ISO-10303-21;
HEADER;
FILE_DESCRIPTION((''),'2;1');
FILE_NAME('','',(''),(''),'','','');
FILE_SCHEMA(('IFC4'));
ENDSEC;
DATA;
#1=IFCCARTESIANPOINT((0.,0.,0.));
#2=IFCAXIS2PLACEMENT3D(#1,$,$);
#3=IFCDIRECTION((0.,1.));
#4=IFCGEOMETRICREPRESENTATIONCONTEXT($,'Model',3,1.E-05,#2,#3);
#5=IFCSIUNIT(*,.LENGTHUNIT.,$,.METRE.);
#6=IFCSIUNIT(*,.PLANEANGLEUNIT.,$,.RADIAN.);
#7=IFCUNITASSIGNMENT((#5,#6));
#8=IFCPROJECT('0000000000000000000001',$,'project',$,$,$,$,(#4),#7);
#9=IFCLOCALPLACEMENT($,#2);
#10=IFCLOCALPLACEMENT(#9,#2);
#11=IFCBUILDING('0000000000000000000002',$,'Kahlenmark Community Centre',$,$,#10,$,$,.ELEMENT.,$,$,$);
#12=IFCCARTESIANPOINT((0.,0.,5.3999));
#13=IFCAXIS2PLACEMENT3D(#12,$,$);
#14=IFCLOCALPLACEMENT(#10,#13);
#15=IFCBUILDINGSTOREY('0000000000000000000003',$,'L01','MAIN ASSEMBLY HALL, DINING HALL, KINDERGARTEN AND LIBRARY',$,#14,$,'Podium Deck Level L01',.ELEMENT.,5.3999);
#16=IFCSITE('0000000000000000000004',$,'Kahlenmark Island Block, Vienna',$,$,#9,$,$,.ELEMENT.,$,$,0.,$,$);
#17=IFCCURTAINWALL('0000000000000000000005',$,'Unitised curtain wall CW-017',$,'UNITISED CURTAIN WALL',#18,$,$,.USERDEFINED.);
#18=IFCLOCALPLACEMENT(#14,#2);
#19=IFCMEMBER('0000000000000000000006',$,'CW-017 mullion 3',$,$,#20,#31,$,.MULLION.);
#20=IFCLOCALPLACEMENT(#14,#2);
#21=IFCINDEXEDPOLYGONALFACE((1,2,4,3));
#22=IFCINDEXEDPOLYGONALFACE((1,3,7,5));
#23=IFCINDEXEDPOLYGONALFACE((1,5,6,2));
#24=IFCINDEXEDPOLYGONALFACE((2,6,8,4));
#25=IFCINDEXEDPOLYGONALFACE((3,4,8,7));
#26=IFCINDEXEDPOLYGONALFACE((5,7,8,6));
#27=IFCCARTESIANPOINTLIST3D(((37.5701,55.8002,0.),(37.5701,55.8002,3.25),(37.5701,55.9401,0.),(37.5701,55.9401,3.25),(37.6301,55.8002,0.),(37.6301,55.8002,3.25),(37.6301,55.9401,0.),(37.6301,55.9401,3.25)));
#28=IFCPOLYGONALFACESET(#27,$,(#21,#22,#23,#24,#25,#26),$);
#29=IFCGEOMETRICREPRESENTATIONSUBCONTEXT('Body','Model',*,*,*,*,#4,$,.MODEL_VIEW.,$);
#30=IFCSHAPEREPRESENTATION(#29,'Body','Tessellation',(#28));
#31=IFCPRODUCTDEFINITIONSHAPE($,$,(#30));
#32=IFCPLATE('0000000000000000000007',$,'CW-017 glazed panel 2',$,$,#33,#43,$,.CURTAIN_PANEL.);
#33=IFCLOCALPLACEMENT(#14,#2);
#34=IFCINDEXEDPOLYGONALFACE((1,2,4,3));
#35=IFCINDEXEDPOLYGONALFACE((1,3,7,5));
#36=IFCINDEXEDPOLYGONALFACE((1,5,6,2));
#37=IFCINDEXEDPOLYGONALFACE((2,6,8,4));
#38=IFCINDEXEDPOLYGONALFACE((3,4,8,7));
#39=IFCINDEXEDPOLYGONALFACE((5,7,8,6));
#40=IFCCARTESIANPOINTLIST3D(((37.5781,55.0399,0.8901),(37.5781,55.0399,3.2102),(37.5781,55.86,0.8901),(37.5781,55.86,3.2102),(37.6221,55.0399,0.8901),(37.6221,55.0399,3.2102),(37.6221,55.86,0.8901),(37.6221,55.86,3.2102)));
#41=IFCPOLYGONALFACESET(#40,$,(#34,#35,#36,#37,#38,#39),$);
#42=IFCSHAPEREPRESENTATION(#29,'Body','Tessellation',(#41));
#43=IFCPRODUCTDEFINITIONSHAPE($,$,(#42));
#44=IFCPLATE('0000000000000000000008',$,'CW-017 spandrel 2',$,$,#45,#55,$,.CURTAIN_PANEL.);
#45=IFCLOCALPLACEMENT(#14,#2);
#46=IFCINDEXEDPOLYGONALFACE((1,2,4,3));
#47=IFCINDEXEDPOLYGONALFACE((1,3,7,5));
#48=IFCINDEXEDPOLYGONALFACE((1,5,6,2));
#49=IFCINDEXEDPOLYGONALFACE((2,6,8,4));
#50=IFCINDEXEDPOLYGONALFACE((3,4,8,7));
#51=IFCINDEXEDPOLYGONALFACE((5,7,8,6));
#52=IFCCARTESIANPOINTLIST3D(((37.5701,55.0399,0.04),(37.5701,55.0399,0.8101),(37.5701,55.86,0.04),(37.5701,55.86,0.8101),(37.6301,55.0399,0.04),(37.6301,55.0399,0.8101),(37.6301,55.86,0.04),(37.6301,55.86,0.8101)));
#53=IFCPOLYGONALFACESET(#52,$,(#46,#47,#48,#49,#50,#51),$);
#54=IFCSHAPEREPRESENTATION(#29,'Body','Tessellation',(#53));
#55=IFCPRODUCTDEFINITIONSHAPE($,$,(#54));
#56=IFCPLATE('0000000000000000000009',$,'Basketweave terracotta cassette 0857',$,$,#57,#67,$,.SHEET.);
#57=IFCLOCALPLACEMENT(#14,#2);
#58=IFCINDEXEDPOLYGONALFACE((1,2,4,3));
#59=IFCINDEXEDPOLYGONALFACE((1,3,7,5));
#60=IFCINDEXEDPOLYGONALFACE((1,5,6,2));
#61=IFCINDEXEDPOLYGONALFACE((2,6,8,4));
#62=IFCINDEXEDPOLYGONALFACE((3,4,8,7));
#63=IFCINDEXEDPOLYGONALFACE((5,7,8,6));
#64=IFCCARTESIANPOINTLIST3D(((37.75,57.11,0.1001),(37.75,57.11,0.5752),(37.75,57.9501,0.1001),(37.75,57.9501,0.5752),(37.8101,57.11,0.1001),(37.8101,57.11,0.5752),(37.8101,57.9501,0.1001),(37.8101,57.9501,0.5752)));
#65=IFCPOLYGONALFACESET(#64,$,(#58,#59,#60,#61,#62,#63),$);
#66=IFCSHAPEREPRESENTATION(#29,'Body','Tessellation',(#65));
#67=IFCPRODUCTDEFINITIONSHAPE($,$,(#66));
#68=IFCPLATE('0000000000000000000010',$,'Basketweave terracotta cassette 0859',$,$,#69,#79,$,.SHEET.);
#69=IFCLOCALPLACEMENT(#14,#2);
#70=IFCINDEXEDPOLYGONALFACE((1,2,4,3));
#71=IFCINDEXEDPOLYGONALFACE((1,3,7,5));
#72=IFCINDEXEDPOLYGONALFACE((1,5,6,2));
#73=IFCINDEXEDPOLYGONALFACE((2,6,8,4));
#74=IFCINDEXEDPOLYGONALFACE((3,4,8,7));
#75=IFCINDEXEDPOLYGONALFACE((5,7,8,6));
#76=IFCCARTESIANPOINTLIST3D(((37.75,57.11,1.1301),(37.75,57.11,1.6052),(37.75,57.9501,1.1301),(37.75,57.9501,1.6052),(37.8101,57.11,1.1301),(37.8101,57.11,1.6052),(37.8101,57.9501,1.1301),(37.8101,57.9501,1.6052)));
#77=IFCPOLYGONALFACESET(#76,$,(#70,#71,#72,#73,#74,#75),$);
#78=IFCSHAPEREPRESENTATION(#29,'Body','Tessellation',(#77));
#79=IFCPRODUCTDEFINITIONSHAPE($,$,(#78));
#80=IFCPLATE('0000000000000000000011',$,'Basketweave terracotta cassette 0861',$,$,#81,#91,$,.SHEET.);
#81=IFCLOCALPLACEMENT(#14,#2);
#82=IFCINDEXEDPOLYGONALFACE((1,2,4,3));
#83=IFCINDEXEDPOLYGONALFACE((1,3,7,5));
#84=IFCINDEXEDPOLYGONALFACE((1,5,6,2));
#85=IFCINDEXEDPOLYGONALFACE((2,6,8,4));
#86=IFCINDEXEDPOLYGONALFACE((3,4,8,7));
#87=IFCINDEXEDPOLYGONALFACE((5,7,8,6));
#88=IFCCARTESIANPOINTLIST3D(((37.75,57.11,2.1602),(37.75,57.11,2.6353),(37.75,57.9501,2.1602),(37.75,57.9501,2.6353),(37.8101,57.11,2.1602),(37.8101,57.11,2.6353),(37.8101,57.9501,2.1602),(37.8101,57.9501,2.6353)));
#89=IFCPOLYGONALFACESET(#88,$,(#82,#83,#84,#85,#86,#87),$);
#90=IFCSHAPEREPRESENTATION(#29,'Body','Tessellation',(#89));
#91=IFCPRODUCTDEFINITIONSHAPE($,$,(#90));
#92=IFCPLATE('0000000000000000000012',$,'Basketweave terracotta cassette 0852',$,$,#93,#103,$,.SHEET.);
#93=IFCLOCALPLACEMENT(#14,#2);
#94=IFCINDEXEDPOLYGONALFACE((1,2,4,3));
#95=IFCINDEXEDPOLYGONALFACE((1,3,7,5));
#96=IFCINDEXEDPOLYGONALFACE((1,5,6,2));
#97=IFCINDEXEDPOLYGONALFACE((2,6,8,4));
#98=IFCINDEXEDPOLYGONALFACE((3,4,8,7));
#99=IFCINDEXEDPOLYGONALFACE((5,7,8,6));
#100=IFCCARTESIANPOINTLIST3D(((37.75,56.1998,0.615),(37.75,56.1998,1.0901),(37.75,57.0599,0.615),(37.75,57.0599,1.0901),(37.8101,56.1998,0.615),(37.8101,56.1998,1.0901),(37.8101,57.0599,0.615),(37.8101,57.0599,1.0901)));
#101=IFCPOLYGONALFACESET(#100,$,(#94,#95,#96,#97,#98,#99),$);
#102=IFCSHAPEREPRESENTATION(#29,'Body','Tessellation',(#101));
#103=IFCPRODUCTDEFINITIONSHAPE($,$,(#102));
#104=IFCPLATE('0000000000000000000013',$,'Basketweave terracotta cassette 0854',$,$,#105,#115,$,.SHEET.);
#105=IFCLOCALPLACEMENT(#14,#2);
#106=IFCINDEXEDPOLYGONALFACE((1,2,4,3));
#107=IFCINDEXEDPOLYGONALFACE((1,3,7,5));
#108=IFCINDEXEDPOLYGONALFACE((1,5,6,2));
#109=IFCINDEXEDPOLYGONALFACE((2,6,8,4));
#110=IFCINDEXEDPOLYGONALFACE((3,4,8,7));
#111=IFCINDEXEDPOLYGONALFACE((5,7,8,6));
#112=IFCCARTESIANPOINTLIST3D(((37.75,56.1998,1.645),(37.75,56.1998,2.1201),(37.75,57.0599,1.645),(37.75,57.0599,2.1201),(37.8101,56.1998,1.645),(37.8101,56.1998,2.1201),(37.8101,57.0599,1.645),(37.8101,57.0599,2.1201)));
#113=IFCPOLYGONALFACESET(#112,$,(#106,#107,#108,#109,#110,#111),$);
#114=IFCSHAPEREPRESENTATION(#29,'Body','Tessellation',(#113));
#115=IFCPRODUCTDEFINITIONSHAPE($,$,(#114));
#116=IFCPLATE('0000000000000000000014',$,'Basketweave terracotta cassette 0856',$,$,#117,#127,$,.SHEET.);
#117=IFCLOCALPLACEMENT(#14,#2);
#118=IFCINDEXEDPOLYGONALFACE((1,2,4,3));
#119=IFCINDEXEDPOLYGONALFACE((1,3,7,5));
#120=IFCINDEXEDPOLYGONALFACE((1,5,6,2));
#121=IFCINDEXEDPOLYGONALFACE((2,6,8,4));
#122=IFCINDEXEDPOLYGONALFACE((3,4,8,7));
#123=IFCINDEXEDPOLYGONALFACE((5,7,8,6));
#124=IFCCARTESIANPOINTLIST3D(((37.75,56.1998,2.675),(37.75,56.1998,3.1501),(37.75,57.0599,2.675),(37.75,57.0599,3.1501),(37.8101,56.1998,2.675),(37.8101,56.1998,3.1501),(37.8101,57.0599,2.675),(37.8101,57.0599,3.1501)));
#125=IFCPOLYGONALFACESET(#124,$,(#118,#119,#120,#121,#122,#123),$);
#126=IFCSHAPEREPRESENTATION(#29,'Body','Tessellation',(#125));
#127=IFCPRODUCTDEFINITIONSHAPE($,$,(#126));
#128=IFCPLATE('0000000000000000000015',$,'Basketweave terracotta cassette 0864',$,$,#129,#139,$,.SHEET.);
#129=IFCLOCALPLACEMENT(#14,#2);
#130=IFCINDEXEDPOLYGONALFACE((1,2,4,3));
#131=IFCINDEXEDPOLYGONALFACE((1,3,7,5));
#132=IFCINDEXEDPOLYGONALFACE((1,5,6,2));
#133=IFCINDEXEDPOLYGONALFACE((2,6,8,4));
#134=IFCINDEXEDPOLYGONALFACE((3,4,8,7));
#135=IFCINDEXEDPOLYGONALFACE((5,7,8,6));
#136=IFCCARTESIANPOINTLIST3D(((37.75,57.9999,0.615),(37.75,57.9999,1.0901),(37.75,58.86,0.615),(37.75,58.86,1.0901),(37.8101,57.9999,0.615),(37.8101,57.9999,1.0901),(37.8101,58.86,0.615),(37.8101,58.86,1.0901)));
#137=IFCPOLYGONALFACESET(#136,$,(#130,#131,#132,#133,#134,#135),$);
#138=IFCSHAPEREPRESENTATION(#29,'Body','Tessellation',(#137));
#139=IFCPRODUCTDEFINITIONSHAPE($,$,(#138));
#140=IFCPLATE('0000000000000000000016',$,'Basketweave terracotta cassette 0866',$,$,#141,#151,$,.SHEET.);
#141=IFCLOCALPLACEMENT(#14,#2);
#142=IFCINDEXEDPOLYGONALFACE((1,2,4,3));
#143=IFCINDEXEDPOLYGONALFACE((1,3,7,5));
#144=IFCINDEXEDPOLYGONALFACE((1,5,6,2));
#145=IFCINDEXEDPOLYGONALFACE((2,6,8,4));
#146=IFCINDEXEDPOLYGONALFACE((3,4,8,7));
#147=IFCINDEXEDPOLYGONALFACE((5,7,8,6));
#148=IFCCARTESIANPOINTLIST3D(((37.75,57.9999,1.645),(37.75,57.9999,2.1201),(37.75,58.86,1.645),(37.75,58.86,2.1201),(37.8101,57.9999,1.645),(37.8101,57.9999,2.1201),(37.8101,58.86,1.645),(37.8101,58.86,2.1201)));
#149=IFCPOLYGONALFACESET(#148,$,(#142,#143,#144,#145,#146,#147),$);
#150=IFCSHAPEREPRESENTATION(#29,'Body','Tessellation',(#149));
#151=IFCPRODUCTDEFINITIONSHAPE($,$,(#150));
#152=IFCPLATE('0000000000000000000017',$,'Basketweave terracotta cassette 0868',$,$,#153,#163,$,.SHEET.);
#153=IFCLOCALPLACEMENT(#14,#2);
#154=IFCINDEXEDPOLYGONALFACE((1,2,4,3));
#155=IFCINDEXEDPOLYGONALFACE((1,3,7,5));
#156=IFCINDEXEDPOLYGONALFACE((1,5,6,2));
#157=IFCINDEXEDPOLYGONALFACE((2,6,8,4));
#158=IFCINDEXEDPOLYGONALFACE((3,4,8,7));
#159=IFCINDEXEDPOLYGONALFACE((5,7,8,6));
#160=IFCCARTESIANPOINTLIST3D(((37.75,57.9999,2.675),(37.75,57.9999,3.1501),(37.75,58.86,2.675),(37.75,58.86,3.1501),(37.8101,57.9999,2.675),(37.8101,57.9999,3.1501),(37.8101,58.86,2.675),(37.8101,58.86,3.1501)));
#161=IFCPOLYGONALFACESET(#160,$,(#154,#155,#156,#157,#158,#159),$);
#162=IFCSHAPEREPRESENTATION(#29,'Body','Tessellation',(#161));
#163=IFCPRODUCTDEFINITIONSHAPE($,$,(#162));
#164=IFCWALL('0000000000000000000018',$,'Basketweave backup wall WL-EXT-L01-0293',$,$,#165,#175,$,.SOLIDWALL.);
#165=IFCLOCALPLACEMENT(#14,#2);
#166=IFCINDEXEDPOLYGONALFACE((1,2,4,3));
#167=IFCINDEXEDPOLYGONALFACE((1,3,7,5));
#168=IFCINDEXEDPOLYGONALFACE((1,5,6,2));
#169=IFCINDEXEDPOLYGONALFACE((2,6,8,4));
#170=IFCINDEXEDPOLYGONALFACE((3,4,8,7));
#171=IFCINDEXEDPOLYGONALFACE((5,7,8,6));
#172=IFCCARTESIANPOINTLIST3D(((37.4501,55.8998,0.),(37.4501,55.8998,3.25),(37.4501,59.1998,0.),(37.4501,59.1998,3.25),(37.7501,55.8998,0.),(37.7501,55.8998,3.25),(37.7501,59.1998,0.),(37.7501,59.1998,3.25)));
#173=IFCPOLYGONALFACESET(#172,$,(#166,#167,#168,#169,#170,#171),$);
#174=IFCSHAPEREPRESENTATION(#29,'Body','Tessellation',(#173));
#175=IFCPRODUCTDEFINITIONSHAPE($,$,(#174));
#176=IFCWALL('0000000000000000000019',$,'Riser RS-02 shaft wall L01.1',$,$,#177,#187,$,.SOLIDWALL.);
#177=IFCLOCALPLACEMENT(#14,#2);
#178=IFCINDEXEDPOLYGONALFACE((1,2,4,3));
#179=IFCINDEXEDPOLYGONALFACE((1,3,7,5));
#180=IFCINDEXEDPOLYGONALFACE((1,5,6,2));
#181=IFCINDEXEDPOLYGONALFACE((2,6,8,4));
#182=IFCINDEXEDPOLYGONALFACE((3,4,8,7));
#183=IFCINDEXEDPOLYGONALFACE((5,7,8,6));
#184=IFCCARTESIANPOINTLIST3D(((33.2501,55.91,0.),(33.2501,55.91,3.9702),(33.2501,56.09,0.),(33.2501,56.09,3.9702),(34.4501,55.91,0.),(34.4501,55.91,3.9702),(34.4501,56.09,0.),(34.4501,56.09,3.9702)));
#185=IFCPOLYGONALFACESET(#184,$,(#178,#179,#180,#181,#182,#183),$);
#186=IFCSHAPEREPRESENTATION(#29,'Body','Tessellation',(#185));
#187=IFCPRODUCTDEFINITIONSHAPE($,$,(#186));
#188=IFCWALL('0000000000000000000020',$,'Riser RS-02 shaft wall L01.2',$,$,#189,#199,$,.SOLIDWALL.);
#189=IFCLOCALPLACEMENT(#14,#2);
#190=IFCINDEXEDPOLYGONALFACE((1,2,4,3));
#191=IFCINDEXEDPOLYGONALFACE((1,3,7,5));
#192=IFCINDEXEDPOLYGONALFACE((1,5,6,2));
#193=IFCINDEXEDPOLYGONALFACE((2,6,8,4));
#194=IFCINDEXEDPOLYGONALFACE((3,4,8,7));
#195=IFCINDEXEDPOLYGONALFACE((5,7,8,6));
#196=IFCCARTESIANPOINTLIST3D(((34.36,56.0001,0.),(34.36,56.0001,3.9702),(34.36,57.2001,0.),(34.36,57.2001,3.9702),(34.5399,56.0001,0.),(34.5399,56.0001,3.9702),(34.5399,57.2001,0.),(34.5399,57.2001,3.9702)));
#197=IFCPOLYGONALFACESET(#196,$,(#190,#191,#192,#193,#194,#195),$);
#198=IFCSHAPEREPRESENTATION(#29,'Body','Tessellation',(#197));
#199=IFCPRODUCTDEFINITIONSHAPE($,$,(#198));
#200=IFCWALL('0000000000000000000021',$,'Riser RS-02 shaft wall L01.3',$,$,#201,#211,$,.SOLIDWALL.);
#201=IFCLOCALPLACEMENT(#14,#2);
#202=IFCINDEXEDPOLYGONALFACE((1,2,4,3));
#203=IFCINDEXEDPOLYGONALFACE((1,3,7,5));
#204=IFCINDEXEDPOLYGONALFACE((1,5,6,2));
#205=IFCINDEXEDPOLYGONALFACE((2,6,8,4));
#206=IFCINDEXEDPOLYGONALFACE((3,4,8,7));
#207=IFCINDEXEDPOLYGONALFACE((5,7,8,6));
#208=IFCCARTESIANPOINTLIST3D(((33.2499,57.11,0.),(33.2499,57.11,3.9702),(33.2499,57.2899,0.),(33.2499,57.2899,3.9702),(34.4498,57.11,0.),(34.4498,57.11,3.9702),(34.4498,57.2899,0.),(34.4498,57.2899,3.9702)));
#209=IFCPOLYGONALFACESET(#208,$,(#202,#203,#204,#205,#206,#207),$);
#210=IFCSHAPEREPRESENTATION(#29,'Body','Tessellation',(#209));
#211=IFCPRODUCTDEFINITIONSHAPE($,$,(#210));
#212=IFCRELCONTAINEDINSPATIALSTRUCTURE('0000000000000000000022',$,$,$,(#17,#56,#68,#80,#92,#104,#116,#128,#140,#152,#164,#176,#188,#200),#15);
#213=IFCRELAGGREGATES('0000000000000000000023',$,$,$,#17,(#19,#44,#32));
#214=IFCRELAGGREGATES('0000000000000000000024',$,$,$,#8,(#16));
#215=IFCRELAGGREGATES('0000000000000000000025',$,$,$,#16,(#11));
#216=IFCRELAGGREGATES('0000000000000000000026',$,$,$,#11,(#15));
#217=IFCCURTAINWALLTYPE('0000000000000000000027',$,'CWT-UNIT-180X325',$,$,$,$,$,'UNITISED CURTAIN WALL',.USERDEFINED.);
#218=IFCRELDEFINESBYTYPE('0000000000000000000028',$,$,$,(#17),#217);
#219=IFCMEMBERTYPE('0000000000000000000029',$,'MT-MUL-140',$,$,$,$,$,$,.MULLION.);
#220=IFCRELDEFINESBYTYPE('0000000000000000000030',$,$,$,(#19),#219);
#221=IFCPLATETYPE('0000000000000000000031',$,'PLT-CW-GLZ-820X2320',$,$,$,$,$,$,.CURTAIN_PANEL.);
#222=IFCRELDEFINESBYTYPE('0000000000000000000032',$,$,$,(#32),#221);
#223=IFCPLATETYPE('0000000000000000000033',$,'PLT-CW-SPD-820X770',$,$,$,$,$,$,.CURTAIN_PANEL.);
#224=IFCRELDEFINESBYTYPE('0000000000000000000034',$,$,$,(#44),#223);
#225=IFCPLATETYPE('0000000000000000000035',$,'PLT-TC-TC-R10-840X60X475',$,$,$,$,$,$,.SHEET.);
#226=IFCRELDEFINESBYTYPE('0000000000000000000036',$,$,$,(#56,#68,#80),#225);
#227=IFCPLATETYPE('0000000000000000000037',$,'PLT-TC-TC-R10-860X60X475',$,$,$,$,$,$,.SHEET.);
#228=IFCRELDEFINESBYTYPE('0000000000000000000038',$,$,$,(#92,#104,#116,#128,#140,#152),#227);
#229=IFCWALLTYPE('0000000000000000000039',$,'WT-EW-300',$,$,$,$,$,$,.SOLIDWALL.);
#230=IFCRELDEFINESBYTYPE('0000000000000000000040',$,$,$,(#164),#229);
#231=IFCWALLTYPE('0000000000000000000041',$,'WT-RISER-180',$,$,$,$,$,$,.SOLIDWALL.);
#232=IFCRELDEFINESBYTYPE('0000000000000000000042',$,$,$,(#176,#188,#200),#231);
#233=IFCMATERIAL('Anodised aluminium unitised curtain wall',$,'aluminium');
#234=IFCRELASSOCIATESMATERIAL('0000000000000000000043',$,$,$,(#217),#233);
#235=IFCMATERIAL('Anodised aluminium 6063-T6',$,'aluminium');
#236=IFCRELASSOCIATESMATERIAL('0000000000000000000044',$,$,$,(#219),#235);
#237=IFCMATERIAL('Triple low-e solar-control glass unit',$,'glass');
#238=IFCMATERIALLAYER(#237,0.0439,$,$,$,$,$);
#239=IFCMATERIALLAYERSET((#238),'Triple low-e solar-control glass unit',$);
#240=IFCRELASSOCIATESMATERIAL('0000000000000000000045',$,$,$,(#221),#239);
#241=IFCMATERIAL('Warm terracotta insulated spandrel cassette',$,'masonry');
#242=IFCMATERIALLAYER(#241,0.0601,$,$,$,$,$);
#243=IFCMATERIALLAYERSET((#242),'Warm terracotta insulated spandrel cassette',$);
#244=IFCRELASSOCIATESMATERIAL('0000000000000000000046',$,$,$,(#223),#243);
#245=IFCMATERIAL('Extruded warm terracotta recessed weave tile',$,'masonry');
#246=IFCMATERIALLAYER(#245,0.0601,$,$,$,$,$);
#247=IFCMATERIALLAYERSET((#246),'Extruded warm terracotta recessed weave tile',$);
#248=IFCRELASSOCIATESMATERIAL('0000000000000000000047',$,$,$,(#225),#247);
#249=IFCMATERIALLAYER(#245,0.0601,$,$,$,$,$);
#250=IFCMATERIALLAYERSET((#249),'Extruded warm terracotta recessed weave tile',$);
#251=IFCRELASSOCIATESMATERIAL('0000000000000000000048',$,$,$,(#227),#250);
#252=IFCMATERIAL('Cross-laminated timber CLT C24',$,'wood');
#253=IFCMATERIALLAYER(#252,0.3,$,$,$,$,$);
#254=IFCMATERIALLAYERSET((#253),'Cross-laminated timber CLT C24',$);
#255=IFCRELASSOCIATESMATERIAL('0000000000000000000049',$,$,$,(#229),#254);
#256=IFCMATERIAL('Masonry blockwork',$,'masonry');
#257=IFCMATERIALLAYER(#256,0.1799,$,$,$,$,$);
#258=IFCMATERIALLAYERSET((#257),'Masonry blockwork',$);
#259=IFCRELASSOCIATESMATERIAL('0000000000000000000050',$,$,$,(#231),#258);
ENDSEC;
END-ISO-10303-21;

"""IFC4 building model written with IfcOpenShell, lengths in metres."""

from ifc_helpers import new_model, si_unit, direction, frame, frame_2d, origin, origin_2d, place, context, subcontext, project, spatial, rectangle, extrude, material, layer, layer_set, material_profile, profile_set, type_object, element, aggregate, save


model = new_model("IFC4")

# Units and contexts
model_context = context("Model", 3, precision=1e-05, world=origin(), true_north=direction((0.0, 1.0)))
body_context = subcontext(model_context, "Body", "Model", "MODEL_VIEW")
ifc_project = project(units=[si_unit("LENGTHUNIT", "METRE"), si_unit("PLANEANGLEUNIT", "RADIAN")], contexts=[model_context])

# Site, building, storey
site_placement = place(None, origin())
site = spatial("IfcSite", under=ifc_project, at=site_placement, Name="Kahlenmark Island Block, Vienna", CompositionType="ELEMENT", RefElevation=0.0)
building_placement = place(site_placement, origin())
building = spatial("IfcBuilding", under=site, at=building_placement, Name="Kahlenmark Community Centre", CompositionType="ELEMENT")
storey_placement = place(building_placement, frame((0.0, 0.0, 5.3999)))
storey = spatial("IfcBuildingStorey", under=building, at=storey_placement, Name="L01", Description="MAIN ASSEMBLY HALL, DINING HALL, KINDERGARTEN AND LIBRARY", LongName="Podium Deck Level L01", CompositionType="ELEMENT", Elevation=5.3999)

# Curtain wall, member, plates
ifc_material_1 = material(Name="Anodised aluminium unitised curtain wall", Category="aluminium")
curtain_wall_type = type_object("IfcCurtainWallType", Name="CWT-UNIT-180X325", ElementType="UNITISED CURTAIN WALL", PredefinedType="USERDEFINED", material=ifc_material_1)
curtain_wall_placement = place(storey_placement, origin())
curtain_wall = element("IfcCurtainWall", 1, at=curtain_wall_placement, inside=storey, type_object=curtain_wall_type, Name="Unitised curtain wall CW-017", ObjectType="UNITISED CURTAIN WALL", PredefinedType="USERDEFINED")
ifc_material_2 = material(Name="Anodised aluminium 6063-T6", Category="aluminium")
ifc_material_profile = material_profile(ifc_material_2, rectangle(XDim=0.0601, YDim=0.1399, at=origin_2d()), Name="ALU MULLION 60x140")
ifc_profile_set = profile_set([ifc_material_profile], Name="Anodised aluminium 6063-T6")
member_type = type_object("IfcMemberType", Name="MT-MUL-140", PredefinedType="MULLION", material=ifc_profile_set)
member_placement = place(storey_placement, frame((37.6001, 55.8701, 0.0), z_axis=(0.0, 0.0, 1.0), x_axis=(-1.0, 0.0, 0.0)))
member = element("IfcMember", 2, at=member_placement, type_object=member_type, Name="CW-017 mullion 3", PredefinedType="MULLION", context=body_context, shape_type="SweptSolid", body=[
    extrude(rectangle(XDim=0.0601, YDim=0.1399, at=origin_2d()), origin(), (0.0, 0.0, 1.0), 3.25),
])
ifc_material_3 = material(Name="Triple low-e solar-control glass unit", Category="glass")
ifc_layer_1 = layer(ifc_material_3, 0.0439)
ifc_layer_set_1 = layer_set([ifc_layer_1], Name="Triple low-e solar-control glass unit")
plate_type_1 = type_object("IfcPlateType", Name="PLT-CW-GLZ-820X2320", PredefinedType="CURTAIN_PANEL", material=ifc_layer_set_1)
plate_1_placement = place(storey_placement, frame((37.6001, 55.45, 0.8901), z_axis=(0.0, 0.0, 1.0), x_axis=(0.0, 1.0, 0.0)))
plate_1 = element("IfcPlate", 3, at=plate_1_placement, type_object=plate_type_1, Name="CW-017 glazed panel 2", PredefinedType="CURTAIN_PANEL", context=body_context, shape_type="SweptSolid", body=[
    extrude(rectangle(XDim=0.8201, YDim=0.0439, at=origin_2d()), origin(), (0.0, 0.0, 1.0), 2.3201),
])
ifc_material_4 = material(Name="Warm terracotta insulated spandrel cassette", Category="masonry")
ifc_layer_2 = layer(ifc_material_4, 0.0601)
ifc_layer_set_2 = layer_set([ifc_layer_2], Name="Warm terracotta insulated spandrel cassette")
plate_type_2 = type_object("IfcPlateType", Name="PLT-CW-SPD-820X770", PredefinedType="CURTAIN_PANEL", material=ifc_layer_set_2)
plate_2_placement = place(storey_placement, frame((37.6001, 55.45, 0.04), z_axis=(0.0, 0.0, 1.0), x_axis=(0.0, 1.0, 0.0)))
plate_2 = element("IfcPlate", 4, at=plate_2_placement, type_object=plate_type_2, Name="CW-017 spandrel 2", PredefinedType="CURTAIN_PANEL", context=body_context, shape_type="SweptSolid", body=[
    extrude(rectangle(XDim=0.8201, YDim=0.0601, at=origin_2d()), origin(), (0.0, 0.0, 1.0), 0.77),
])
aggregate(curtain_wall, [member, plate_2, plate_1])

# Plates
ifc_material_5 = material(Name="Extruded warm terracotta recessed weave tile", Category="masonry")
ifc_layer_3 = layer(ifc_material_5, 0.0601)
ifc_layer_set_3 = layer_set([ifc_layer_3], Name="Extruded warm terracotta recessed weave tile")
plate_type_3 = type_object("IfcPlateType", Name="PLT-TC-TC-R10-840X60X475", PredefinedType="SHEET", material=ifc_layer_set_3)
for number, where, z_axis, x_axis, name in (
    (5, (37.78, 57.53, 0.1001), (0.0, 0.0, 1.0), (0.0, 1.0, 0.0), "Basketweave terracotta cassette 0857"),
    (6, (37.78, 57.53, 1.1301), (0.0, 0.0, 1.0), (0.0, 1.0, 0.0), "Basketweave terracotta cassette 0859"),
    (7, (37.78, 57.53, 2.1602), (0.0, 0.0, 1.0), (0.0, 1.0, 0.0), "Basketweave terracotta cassette 0861"),
):
    element("IfcPlate", number, at=place(storey_placement, frame(where, z_axis=z_axis, x_axis=x_axis)), inside=storey, type_object=plate_type_3, Name=name, PredefinedType="SHEET", context=body_context, shape_type="SweptSolid", body=[
        extrude(rectangle(XDim=0.8401, YDim=0.0601, at=origin_2d()), origin(), (0.0, 0.0, 1.0), 0.4751),
    ])
ifc_layer_4 = layer(ifc_material_5, 0.0601)
ifc_layer_set_4 = layer_set([ifc_layer_4], Name="Extruded warm terracotta recessed weave tile")
plate_type_4 = type_object("IfcPlateType", Name="PLT-TC-TC-R10-860X60X475", PredefinedType="SHEET", material=ifc_layer_set_4)
for number, where, z_axis, x_axis, name in (
    (8, (37.78, 56.6299, 0.615), (0.0, 0.0, 1.0), (0.0, 1.0, 0.0), "Basketweave terracotta cassette 0852"),
    (9, (37.78, 56.6299, 1.645), (0.0, 0.0, 1.0), (0.0, 1.0, 0.0), "Basketweave terracotta cassette 0854"),
    (10, (37.78, 56.6299, 2.675), (0.0, 0.0, 1.0), (0.0, 1.0, 0.0), "Basketweave terracotta cassette 0856"),
    (11, (37.78, 58.4299, 0.615), (0.0, 0.0, 1.0), (0.0, 1.0, 0.0), "Basketweave terracotta cassette 0864"),
    (12, (37.78, 58.4299, 1.645), (0.0, 0.0, 1.0), (0.0, 1.0, 0.0), "Basketweave terracotta cassette 0866"),
    (13, (37.78, 58.4299, 2.675), (0.0, 0.0, 1.0), (0.0, 1.0, 0.0), "Basketweave terracotta cassette 0868"),
):
    element("IfcPlate", number, at=place(storey_placement, frame(where, z_axis=z_axis, x_axis=x_axis)), inside=storey, type_object=plate_type_4, Name=name, PredefinedType="SHEET", context=body_context, shape_type="SweptSolid", body=[
        extrude(rectangle(XDim=0.8601, YDim=0.0601, at=origin_2d()), origin(), (0.0, 0.0, 1.0), 0.4751),
    ])

# Wall
ifc_material_6 = material(Name="Cross-laminated timber CLT C24", Category="wood")
ifc_layer_5 = layer(ifc_material_6, 0.3)
ifc_layer_set_5 = layer_set([ifc_layer_5], Name="Cross-laminated timber CLT C24")
wall_type_1 = type_object("IfcWallType", Name="WT-EW-300", PredefinedType="SOLIDWALL", material=ifc_layer_set_5)
wall_1_placement = place(storey_placement, frame((37.6001, 55.8999, 0.0), z_axis=(0.0, 0.0, 1.0), x_axis=(0.0, 1.0, 0.0)))
element("IfcWall", 14, at=wall_1_placement, inside=storey, type_object=wall_type_1, Name="Basketweave backup wall WL-EXT-L01-0293", PredefinedType="SOLIDWALL", context=body_context, shape_type="SweptSolid", body=[
    extrude(rectangle(XDim=3.3, YDim=0.3, at=frame_2d((1.6499, 0.0))), origin(), (0.0, 0.0, 1.0), 3.25),
])

# Walls
ifc_material_7 = material(Name="Masonry blockwork", Category="masonry")
ifc_layer_6 = layer(ifc_material_7, 0.1799)
ifc_layer_set_6 = layer_set([ifc_layer_6], Name="Masonry blockwork")
wall_type_2 = type_object("IfcWallType", Name="WT-RISER-180", PredefinedType="SOLIDWALL", material=ifc_layer_set_6)
for number, where, z_axis, x_axis, name in (
    (15, (33.25, 56.0, 0.0), (0.0, 0.0, 1.0), (1.0, 0.0, 0.0), "Riser RS-02 shaft wall L01.1"),
    (16, (34.45, 56.0, 0.0), (0.0, 0.0, 1.0), (0.0, 1.0, 0.0), "Riser RS-02 shaft wall L01.2"),
    (17, (34.45, 57.2, 0.0), (0.0, 0.0, 1.0), (-1.0, 0.0, 0.0), "Riser RS-02 shaft wall L01.3"),
):
    element("IfcWall", number, at=place(storey_placement, frame(where, z_axis=z_axis, x_axis=x_axis)), inside=storey, type_object=wall_type_2, Name=name, PredefinedType="SOLIDWALL", context=body_context, shape_type="SweptSolid", body=[
        extrude(rectangle(XDim=1.2, YDim=0.1799, at=frame_2d((0.6001, 0.0))), origin(), (0.0, 0.0, 1.0), 3.9702),
    ])

save(model, "model.ifc")
